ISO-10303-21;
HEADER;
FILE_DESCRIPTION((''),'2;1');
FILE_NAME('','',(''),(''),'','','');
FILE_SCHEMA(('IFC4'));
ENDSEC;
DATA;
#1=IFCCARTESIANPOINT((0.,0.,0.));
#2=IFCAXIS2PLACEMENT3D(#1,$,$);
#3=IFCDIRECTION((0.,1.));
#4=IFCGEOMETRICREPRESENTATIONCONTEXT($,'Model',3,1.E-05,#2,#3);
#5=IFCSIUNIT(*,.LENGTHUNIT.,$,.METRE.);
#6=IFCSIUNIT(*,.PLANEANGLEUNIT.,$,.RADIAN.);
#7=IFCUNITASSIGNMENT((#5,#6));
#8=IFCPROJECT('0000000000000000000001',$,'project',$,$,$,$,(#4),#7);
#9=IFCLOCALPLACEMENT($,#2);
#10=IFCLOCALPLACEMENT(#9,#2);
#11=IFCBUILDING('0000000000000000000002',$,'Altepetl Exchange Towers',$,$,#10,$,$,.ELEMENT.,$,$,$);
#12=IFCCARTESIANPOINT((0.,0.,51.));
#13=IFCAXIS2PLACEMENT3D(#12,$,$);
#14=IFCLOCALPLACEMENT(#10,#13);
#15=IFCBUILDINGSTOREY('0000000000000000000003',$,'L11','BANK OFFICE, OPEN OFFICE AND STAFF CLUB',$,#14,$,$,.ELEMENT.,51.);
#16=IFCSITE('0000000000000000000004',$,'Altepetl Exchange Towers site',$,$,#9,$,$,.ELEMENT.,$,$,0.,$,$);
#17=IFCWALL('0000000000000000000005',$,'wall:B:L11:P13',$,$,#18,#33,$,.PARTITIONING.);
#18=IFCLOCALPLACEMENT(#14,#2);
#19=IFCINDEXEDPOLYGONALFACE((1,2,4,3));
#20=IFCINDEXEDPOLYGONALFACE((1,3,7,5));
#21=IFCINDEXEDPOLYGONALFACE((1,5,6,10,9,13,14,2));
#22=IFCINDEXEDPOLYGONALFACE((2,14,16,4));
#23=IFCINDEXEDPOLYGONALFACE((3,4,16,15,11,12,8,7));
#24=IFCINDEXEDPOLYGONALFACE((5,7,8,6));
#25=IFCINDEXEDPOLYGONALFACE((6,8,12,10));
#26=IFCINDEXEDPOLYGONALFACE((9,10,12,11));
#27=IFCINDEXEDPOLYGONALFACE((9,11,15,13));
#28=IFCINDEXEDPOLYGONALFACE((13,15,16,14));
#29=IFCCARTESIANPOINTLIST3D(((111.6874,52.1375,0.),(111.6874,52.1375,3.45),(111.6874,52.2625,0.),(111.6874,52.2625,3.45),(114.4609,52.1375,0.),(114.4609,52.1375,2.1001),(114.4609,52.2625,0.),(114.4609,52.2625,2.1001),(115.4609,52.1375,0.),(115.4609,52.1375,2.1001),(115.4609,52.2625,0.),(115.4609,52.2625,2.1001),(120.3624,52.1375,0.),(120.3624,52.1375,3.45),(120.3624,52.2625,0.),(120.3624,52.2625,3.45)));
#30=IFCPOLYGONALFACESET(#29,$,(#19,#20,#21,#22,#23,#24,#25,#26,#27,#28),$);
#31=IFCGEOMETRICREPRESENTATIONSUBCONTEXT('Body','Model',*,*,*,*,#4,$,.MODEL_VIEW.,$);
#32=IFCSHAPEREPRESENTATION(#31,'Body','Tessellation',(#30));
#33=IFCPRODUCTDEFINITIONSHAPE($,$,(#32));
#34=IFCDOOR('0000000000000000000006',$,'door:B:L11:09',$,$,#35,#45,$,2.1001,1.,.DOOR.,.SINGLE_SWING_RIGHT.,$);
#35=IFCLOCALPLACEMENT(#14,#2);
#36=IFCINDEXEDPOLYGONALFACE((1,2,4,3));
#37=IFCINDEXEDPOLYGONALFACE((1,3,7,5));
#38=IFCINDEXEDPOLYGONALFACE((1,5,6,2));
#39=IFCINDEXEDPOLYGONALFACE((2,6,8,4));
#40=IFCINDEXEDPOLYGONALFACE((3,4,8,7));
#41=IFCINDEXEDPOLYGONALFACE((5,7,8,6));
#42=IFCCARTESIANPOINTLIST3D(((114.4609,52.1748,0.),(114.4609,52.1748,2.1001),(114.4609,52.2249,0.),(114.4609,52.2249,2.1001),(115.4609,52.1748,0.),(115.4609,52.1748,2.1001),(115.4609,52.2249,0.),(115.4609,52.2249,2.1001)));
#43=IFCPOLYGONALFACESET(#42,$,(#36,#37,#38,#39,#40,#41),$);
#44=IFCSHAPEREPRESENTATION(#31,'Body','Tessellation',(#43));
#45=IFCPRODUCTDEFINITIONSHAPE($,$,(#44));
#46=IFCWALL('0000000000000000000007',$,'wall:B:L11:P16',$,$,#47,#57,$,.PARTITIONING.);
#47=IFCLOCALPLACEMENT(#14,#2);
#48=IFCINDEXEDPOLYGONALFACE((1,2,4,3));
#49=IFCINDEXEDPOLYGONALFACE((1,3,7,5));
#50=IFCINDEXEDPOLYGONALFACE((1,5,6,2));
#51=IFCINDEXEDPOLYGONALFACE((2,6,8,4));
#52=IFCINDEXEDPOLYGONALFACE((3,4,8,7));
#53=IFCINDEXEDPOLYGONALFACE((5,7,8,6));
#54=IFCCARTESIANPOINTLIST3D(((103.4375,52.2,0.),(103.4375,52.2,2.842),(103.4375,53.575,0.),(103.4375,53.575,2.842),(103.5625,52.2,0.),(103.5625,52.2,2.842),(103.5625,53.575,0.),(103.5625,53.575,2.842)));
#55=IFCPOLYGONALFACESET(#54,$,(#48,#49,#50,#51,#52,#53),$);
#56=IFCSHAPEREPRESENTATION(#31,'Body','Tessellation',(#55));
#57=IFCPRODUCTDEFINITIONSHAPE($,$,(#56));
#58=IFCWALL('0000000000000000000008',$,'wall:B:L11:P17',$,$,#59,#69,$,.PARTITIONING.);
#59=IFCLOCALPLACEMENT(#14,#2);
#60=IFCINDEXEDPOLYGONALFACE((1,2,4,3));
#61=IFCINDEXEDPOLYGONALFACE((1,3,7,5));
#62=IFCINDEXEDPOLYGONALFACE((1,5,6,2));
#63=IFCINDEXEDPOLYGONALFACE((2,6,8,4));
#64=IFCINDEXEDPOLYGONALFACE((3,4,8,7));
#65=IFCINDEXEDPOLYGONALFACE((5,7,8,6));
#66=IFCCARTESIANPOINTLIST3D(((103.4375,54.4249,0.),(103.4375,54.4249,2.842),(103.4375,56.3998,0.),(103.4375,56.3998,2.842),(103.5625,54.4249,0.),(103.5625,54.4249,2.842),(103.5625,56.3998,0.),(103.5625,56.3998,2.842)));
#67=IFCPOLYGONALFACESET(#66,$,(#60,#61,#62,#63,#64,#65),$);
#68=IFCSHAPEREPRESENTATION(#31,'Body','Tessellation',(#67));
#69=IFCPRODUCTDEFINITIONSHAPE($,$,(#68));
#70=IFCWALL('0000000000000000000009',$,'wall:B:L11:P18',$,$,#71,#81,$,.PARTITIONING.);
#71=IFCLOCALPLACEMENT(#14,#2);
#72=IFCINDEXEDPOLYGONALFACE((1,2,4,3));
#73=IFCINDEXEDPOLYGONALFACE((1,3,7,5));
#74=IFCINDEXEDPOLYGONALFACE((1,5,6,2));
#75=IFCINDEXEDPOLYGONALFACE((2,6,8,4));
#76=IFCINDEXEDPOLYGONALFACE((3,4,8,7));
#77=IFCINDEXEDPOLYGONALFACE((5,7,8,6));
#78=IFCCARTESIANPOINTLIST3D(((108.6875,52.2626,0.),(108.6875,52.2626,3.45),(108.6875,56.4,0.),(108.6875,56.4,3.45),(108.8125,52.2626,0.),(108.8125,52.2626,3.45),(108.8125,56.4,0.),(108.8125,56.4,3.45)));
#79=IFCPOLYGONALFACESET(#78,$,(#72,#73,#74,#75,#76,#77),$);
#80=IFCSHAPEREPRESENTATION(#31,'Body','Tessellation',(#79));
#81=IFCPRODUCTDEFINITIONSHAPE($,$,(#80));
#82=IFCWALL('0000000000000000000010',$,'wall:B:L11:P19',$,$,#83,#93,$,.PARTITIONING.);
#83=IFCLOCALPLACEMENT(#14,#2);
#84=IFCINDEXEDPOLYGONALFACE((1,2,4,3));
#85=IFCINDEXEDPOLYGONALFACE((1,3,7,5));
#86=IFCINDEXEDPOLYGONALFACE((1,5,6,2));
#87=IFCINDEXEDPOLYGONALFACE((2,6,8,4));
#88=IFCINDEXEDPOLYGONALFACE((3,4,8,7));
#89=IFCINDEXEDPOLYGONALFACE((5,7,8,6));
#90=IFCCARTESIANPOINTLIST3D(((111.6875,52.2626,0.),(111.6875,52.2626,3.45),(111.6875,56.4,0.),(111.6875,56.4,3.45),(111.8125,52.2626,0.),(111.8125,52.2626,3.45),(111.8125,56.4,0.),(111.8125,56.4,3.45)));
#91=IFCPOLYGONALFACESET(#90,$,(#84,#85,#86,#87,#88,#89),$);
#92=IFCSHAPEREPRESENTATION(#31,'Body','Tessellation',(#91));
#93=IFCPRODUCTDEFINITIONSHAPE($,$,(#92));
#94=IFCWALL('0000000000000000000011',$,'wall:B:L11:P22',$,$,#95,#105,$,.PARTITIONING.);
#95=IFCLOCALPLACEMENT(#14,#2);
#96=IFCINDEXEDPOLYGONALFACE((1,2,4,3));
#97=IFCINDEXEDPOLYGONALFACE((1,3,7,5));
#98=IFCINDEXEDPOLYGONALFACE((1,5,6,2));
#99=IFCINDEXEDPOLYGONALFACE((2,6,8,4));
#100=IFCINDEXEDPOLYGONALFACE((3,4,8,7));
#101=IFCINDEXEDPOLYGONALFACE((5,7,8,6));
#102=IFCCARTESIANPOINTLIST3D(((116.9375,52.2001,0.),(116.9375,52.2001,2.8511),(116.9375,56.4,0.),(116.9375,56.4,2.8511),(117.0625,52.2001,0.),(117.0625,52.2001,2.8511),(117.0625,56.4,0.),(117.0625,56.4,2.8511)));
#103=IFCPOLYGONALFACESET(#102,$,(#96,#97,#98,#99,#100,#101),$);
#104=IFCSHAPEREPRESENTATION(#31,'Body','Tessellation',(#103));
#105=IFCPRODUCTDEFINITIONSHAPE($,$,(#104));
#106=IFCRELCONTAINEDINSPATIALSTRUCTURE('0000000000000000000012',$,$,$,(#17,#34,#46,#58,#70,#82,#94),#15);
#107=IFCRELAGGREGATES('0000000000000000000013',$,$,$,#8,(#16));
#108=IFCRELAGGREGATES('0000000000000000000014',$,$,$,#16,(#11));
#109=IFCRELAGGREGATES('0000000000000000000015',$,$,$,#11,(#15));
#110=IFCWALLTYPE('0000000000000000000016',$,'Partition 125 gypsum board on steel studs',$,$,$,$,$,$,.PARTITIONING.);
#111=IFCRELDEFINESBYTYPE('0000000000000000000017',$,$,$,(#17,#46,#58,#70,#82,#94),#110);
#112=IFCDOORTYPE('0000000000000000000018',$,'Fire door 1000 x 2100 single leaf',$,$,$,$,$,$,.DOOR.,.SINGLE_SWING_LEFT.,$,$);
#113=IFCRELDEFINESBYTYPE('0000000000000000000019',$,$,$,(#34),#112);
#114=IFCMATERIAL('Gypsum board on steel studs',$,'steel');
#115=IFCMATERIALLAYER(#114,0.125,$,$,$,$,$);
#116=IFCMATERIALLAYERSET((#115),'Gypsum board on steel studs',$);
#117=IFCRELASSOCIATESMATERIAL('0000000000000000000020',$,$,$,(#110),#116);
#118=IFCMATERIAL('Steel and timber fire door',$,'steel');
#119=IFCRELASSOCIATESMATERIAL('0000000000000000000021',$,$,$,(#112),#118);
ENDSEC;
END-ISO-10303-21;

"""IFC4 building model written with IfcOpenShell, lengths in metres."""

from ifc_helpers import new_model, si_unit, direction, frame, frame_2d, origin, place, context, subcontext, project, spatial, rectangle, extrude, material, layer, layer_set, type_object, element, fill, save


model = new_model("IFC4")

# Units and contexts
model_context = context("Model", 3, precision=1e-05, world=origin(), true_north=direction((0.0, 1.0)))
body_context = subcontext(model_context, "Body", "Model", "MODEL_VIEW")
ifc_project = project(units=[si_unit("LENGTHUNIT", "METRE"), si_unit("PLANEANGLEUNIT", "RADIAN")], contexts=[model_context])

# Site, building, storey
site_placement = place(None, origin())
site = spatial("IfcSite", under=ifc_project, at=site_placement, Name="Altepetl Exchange Towers site", CompositionType="ELEMENT", RefElevation=0.0)
building_placement = place(site_placement, origin())
building = spatial("IfcBuilding", under=site, at=building_placement, Name="Altepetl Exchange Towers", CompositionType="ELEMENT")
storey_placement = place(building_placement, frame((0.0, 0.0, 51.0)))
storey = spatial("IfcBuildingStorey", under=building, at=storey_placement, Name="L11", Description="BANK OFFICE, OPEN OFFICE AND STAFF CLUB", CompositionType="ELEMENT", Elevation=51.0)

# Wall, opening, door
ifc_material_1 = material(Name="Gypsum board on steel studs", Category="steel")
ifc_layer_1 = layer(ifc_material_1, 0.125)
ifc_layer_set_1 = layer_set([ifc_layer_1], Name="Gypsum board on steel studs")
wall_type = type_object("IfcWallType", Name="Partition 125 gypsum board on steel studs", PredefinedType="PARTITIONING", material=ifc_layer_set_1)
wall_1_placement = place(storey_placement, frame((111.6875, 52.2, 0.0)))
wall_1 = element("IfcWall", 1, at=wall_1_placement, inside=storey, type_object=wall_type, Name="wall:B:L11:P13", PredefinedType="PARTITIONING", context=body_context, shape_type="SweptSolid", body=[
    extrude(rectangle(XDim=8.675, YDim=0.125, at=frame_2d((4.3374, 0.0))), origin(), (0.0, 0.0, 1.0), 3.45),
])
opening_placement = place(wall_1_placement, frame((2.7734, 0.0, 0.0)))
opening = element("IfcOpeningElement", 2, at=opening_placement, cuts=wall_1, PredefinedType="OPENING", context=body_context, shape_type="SweptSolid", body=[
    extrude(rectangle(XDim=1.0, YDim=2.1001, at=frame_2d((0.5, 1.05))), frame((0.0, 0.0725, 0.0), z_axis=(0.0, -1.0, 0.0), x_axis=(1.0, 0.0, 0.0)), (0.0, 0.0, 1.0), 0.145),
])
ifc_material_2 = material(Name="Steel and timber fire door", Category="steel")
door_type = type_object("IfcDoorType", Name="Fire door 1000 x 2100 single leaf", OperationType="SINGLE_SWING_LEFT", PredefinedType="DOOR", material=ifc_material_2)
door_placement = place(opening_placement, origin())
door = element("IfcDoor", 3, at=door_placement, inside=storey, type_object=door_type, Name="door:B:L11:09", OperationType="SINGLE_SWING_RIGHT", OverallHeight=2.1001, OverallWidth=1.0, PredefinedType="DOOR", context=body_context, shape_type="SweptSolid", body=[
    extrude(rectangle(XDim=1.0, YDim=2.1001, at=frame_2d((0.5, 1.05))), frame((0.0, 0.0249, 0.0), z_axis=(0.0, -1.0, 0.0), x_axis=(1.0, 0.0, 0.0)), (0.0, 0.0, 1.0), 0.05),
])
fill(opening, door)

# Walls
wall_2_placement = place(storey_placement, frame((103.5, 52.2, 0.0), z_axis=(0.0, 0.0, 1.0), x_axis=(0.0, 1.0, 0.0)))
element("IfcWall", 4, at=wall_2_placement, inside=storey, type_object=wall_type, Name="wall:B:L11:P16", PredefinedType="PARTITIONING", context=body_context, shape_type="SweptSolid", body=[
    extrude(rectangle(XDim=1.375, YDim=0.125, at=frame_2d((0.6875, 0.0))), origin(), (0.0, 0.0, 1.0), 2.842),
])
wall_3_placement = place(storey_placement, frame((103.5, 54.425, 0.0), z_axis=(0.0, 0.0, 1.0), x_axis=(0.0, 1.0, 0.0)))
element("IfcWall", 5, at=wall_3_placement, inside=storey, type_object=wall_type, Name="wall:B:L11:P17", PredefinedType="PARTITIONING", context=body_context, shape_type="SweptSolid", body=[
    extrude(rectangle(XDim=1.9749, YDim=0.125, at=frame_2d((0.9873, 0.0))), origin(), (0.0, 0.0, 1.0), 2.842),
])
for number, where, z_axis, x_axis, name in (
    (6, (108.75, 52.2625, 0.0), (0.0, 0.0, 1.0), (0.0, 1.0, 0.0), "wall:B:L11:P18"),
    (7, (111.75, 52.2625, 0.0), (0.0, 0.0, 1.0), (0.0, 1.0, 0.0), "wall:B:L11:P19"),
):
    element("IfcWall", number, at=place(storey_placement, frame(where, z_axis=z_axis, x_axis=x_axis)), inside=storey, type_object=wall_type, Name=name, PredefinedType="PARTITIONING", context=body_context, shape_type="SweptSolid", body=[
        extrude(rectangle(XDim=4.1375, YDim=0.125, at=frame_2d((2.0688, 0.0))), origin(), (0.0, 0.0, 1.0), 3.45),
    ])
wall_4_placement = place(storey_placement, frame((117.0, 52.2, 0.0), z_axis=(0.0, 0.0, 1.0), x_axis=(0.0, 1.0, 0.0)))
element("IfcWall", 8, at=wall_4_placement, inside=storey, type_object=wall_type, Name="wall:B:L11:P22", PredefinedType="PARTITIONING", context=body_context, shape_type="SweptSolid", body=[
    extrude(rectangle(XDim=4.2, YDim=0.125, at=frame_2d((2.1001, 0.0))), origin(), (0.0, 0.0, 1.0), 2.8511),
])

save(model, "model.ifc")
